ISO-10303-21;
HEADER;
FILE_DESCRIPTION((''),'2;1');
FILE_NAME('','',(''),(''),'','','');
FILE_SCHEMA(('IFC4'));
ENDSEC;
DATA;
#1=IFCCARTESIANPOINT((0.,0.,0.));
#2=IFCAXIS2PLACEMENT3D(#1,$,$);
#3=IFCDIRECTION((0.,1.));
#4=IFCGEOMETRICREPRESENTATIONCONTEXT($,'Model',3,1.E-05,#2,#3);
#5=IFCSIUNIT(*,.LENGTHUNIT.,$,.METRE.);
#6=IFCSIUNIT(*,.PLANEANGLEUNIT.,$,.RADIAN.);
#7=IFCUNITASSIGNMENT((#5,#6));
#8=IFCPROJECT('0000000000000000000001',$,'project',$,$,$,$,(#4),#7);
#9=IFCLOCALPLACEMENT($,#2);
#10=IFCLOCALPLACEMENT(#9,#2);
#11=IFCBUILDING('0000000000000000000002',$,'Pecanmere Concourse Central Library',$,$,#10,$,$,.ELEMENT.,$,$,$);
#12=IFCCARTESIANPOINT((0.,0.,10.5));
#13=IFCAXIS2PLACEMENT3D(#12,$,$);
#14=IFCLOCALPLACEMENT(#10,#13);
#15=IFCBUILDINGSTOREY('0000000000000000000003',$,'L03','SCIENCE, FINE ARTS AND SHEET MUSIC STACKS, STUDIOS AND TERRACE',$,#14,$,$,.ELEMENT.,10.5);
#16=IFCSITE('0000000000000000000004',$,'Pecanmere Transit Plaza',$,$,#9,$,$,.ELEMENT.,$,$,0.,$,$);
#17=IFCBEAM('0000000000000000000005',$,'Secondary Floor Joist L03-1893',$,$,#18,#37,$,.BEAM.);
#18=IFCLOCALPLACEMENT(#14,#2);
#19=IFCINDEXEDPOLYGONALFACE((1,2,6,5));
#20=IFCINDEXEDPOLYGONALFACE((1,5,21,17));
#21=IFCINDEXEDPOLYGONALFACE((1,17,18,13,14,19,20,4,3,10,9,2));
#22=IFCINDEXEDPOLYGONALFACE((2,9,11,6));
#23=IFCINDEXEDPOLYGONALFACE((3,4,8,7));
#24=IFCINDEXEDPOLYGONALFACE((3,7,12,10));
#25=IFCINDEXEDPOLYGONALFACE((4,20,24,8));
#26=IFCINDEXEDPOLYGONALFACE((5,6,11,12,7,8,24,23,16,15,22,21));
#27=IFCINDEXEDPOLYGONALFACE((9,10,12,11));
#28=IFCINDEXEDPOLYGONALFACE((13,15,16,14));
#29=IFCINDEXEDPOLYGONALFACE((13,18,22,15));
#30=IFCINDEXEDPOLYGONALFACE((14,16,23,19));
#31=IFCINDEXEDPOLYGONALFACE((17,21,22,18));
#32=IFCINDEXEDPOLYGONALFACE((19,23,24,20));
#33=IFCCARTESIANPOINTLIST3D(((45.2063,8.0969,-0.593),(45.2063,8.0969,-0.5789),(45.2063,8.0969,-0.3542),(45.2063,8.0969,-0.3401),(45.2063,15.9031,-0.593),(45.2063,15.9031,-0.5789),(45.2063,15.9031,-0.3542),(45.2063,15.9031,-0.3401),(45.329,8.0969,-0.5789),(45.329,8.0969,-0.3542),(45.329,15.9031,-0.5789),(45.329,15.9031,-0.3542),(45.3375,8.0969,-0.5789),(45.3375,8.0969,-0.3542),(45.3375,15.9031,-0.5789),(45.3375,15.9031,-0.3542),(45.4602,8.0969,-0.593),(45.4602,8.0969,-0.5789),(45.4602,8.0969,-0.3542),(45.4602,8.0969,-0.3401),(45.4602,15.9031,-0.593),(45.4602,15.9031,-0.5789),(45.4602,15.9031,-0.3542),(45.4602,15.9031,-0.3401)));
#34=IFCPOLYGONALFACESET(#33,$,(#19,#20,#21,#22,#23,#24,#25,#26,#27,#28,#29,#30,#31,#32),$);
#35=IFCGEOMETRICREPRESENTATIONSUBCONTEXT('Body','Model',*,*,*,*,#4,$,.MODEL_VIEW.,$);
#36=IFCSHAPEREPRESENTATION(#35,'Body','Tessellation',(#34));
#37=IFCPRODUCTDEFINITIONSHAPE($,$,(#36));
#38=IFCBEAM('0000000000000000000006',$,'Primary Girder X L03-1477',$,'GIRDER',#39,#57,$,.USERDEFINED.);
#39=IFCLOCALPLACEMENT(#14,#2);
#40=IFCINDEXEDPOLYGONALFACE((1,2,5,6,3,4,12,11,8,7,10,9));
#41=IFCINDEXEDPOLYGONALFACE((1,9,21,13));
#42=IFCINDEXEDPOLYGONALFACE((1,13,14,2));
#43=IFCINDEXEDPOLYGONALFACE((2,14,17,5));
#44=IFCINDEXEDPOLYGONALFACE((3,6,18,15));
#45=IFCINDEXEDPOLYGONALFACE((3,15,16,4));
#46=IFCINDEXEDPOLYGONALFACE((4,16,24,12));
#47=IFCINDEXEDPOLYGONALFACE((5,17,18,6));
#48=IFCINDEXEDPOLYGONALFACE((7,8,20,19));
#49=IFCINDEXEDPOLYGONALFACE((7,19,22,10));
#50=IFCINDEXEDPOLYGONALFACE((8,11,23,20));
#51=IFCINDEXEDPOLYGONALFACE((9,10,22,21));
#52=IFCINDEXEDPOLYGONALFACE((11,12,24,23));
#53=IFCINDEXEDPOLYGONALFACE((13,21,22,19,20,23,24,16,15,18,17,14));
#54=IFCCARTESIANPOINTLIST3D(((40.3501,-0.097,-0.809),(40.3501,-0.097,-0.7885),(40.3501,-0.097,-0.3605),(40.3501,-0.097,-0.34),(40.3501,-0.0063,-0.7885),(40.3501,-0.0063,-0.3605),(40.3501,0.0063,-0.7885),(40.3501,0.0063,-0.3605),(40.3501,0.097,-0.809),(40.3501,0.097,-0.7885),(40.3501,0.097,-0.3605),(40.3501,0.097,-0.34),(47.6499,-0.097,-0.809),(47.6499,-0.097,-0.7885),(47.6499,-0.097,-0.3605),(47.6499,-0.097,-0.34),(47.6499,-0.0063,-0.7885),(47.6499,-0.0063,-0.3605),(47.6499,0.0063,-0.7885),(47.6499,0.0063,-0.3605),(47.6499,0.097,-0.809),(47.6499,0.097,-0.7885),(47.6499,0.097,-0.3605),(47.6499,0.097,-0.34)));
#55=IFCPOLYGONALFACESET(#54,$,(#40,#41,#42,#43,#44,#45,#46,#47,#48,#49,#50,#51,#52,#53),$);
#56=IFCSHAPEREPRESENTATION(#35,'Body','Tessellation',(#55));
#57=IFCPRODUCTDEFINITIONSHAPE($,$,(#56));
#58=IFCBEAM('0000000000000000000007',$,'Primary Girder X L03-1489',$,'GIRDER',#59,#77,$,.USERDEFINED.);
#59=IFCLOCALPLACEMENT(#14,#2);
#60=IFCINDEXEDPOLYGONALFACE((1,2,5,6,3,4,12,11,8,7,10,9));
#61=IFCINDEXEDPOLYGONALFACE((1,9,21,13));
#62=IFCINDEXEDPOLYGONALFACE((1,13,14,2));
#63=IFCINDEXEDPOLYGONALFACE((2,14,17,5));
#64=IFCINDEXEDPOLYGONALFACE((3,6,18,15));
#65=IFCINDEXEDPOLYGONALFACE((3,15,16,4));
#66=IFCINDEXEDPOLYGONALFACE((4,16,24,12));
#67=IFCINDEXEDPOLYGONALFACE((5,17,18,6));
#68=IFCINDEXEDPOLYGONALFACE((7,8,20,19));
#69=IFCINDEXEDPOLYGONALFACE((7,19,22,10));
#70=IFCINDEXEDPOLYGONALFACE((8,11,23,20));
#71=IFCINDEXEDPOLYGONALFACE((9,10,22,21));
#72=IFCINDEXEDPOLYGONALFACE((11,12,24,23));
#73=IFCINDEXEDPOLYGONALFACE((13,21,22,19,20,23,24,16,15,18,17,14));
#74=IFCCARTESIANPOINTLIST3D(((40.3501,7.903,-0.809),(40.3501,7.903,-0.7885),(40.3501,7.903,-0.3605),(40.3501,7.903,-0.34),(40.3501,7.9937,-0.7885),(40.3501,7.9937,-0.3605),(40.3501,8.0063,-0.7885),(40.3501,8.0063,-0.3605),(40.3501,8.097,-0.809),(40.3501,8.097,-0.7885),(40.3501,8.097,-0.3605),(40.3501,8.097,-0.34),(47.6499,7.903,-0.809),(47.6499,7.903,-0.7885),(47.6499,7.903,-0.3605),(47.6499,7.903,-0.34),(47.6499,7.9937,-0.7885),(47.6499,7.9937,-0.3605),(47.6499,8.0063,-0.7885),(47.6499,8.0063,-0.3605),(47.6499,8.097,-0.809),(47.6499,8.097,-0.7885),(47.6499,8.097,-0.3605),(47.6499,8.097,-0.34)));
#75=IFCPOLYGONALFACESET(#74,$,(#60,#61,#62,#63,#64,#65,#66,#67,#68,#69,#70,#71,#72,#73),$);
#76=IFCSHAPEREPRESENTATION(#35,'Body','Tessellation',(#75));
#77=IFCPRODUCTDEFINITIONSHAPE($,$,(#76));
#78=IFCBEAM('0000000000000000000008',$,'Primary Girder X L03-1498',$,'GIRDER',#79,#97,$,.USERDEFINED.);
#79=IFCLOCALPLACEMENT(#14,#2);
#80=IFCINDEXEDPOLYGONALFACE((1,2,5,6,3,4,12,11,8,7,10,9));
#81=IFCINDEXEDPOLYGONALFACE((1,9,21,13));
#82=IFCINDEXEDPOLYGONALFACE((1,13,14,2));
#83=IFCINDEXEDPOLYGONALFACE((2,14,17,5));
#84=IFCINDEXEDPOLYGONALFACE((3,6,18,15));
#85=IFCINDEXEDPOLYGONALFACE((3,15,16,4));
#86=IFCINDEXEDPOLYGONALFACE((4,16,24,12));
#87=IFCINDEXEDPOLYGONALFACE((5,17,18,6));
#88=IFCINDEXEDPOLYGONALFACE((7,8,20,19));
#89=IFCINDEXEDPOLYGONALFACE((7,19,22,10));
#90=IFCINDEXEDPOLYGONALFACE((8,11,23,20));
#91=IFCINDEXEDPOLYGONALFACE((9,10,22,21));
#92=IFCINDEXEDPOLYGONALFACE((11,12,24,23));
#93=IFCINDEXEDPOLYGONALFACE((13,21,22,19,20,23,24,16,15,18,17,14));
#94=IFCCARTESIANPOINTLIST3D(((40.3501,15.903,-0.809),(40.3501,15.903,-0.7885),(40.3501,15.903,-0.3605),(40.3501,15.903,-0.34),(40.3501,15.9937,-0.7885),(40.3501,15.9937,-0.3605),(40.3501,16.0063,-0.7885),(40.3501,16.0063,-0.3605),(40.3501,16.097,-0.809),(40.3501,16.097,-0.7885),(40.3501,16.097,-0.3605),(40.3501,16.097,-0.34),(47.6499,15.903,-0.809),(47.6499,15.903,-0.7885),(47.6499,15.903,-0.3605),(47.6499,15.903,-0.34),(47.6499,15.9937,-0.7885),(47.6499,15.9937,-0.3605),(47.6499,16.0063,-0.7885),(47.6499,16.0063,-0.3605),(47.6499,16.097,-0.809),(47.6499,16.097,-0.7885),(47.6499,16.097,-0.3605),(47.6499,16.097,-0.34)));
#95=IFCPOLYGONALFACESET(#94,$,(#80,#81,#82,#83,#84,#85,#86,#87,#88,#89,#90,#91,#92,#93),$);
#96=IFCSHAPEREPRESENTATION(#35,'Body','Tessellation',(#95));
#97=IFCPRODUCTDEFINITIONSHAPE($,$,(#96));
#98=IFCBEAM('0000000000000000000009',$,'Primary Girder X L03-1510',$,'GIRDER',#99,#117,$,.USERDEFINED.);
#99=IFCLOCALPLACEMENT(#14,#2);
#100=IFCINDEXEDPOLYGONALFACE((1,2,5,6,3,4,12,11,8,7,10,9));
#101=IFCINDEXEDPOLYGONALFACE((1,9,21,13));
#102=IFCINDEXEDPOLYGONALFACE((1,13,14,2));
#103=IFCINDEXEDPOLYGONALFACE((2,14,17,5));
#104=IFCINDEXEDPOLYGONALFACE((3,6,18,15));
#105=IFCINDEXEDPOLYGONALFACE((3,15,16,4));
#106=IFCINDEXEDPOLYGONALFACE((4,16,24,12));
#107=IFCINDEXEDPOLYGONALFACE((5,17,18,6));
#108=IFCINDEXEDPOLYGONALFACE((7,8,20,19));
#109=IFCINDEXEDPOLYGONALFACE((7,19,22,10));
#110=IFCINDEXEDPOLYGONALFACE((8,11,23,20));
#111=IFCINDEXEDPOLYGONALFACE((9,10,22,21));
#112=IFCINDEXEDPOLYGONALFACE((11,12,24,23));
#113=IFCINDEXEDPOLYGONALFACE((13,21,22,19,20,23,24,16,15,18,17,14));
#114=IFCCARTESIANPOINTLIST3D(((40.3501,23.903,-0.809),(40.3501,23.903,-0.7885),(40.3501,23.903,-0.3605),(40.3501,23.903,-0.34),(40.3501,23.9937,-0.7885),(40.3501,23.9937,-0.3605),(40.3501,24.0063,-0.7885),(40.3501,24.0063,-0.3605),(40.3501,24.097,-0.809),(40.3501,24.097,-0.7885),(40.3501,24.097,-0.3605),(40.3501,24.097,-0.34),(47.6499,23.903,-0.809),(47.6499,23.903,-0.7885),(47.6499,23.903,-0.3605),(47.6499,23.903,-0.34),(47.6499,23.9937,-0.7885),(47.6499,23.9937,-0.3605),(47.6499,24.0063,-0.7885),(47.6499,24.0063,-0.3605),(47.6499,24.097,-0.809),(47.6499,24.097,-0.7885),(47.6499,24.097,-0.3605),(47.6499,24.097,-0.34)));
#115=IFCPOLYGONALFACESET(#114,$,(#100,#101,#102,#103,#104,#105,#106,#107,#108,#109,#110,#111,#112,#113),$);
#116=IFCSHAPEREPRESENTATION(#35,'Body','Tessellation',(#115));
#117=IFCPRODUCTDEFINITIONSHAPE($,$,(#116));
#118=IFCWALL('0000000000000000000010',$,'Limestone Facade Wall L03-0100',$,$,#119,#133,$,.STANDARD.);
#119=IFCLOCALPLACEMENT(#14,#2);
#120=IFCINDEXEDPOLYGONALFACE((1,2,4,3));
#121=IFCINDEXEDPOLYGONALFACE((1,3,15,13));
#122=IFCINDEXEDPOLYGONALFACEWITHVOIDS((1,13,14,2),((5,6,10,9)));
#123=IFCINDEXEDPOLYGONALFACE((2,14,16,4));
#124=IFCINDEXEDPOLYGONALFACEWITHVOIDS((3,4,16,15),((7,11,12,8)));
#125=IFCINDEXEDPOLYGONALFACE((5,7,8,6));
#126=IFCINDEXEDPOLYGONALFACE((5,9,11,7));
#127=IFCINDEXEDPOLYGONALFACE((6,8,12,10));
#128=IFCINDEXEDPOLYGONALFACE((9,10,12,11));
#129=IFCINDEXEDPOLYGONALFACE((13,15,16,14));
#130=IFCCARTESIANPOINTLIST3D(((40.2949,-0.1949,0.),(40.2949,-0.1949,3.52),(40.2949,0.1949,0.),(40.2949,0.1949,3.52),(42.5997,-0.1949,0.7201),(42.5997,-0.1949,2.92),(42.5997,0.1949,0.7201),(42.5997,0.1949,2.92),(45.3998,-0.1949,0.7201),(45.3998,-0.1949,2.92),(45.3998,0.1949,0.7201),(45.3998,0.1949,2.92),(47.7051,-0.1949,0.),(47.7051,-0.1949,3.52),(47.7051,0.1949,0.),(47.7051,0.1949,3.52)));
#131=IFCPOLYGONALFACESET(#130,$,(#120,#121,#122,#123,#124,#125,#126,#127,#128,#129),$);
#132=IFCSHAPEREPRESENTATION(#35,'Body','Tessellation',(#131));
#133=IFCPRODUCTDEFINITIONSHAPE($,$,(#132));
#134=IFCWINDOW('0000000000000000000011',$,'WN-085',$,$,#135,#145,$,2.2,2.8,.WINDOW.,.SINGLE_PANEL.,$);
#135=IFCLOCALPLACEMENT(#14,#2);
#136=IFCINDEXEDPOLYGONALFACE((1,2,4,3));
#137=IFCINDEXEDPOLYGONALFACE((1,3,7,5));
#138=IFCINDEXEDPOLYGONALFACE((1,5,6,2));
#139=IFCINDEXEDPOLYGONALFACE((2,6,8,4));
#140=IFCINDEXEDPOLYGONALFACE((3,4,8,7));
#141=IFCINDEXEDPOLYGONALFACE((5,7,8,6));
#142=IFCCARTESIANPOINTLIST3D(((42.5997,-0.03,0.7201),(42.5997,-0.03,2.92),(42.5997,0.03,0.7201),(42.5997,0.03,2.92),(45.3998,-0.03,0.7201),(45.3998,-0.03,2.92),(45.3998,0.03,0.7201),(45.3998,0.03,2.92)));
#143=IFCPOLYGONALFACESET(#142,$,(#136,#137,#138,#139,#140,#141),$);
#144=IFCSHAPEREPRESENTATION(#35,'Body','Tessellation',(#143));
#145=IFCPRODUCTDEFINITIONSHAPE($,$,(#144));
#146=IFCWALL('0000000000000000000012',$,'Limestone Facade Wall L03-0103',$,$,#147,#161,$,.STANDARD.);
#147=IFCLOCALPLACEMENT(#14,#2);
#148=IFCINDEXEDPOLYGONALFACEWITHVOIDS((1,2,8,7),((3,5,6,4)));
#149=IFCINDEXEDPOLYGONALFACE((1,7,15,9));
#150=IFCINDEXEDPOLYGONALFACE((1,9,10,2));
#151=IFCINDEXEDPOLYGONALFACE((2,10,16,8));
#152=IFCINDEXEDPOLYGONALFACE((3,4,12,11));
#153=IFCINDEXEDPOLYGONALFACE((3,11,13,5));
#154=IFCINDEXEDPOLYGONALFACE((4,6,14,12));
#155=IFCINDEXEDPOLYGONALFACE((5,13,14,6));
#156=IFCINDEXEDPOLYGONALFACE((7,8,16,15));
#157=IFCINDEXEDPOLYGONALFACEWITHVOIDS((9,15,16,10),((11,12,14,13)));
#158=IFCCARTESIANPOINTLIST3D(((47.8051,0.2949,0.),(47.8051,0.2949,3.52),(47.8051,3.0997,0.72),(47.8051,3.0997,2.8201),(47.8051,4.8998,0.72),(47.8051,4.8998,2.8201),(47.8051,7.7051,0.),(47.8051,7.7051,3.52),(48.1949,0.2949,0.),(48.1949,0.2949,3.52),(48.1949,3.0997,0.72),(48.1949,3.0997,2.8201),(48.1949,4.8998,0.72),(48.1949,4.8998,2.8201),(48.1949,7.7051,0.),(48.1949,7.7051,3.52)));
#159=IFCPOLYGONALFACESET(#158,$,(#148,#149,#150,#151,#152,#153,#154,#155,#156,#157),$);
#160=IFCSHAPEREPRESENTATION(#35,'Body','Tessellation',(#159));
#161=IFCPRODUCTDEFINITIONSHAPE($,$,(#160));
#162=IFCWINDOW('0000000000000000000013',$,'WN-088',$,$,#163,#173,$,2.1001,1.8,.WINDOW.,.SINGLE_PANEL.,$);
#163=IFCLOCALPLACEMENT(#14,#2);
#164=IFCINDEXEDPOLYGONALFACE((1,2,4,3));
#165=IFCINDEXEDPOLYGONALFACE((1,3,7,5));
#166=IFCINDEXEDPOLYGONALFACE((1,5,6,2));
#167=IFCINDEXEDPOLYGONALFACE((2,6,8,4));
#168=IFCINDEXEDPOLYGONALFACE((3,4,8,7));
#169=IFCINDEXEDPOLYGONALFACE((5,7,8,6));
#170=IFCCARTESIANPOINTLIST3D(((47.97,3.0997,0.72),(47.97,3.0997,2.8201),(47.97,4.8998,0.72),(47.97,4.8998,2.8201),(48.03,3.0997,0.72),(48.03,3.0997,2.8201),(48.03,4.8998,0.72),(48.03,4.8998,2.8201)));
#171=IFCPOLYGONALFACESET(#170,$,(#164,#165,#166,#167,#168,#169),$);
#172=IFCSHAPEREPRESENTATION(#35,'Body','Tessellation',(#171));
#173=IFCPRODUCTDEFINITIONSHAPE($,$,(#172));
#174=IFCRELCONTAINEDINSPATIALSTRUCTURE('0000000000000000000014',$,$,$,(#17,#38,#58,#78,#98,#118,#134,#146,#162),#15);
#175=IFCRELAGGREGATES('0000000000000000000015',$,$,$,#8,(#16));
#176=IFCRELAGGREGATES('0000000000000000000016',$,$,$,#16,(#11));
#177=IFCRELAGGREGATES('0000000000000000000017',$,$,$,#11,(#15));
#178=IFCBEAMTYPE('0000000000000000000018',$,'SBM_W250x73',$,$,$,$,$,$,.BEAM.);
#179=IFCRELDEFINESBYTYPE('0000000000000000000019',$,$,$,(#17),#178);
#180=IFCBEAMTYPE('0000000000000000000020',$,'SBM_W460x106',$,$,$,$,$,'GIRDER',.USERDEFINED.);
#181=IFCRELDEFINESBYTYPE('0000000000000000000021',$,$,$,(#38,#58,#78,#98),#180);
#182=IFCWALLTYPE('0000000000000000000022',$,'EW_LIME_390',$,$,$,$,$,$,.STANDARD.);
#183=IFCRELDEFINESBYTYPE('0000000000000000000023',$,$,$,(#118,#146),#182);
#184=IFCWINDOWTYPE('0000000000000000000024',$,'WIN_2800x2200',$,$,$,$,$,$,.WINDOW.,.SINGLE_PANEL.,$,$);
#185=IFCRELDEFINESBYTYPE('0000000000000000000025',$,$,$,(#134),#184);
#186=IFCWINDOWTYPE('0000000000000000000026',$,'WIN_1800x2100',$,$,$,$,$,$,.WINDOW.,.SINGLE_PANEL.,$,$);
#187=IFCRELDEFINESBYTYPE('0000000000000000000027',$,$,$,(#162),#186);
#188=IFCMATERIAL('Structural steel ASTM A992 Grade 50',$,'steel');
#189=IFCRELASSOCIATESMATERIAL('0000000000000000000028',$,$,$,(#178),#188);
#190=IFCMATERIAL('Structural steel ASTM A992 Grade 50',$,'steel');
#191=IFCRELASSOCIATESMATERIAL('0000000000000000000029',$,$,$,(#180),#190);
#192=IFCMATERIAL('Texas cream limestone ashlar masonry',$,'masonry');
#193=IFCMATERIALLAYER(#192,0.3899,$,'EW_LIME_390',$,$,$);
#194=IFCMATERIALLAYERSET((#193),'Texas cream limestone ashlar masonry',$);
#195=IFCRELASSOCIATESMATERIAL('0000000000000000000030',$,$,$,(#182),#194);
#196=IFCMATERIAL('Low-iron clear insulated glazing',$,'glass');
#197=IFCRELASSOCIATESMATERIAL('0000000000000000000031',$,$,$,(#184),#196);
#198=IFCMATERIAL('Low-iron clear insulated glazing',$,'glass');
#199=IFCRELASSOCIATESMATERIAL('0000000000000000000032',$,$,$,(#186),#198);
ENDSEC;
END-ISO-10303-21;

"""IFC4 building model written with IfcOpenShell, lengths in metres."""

from ifc_helpers import new_model, si_unit, direction, frame, frame_2d, origin, origin_2d, place, context, subcontext, project, spatial, rectangle, i_section, extrude, material, layer, layer_set, material_profile, profile_set, type_object, element, fill, save


model = new_model("IFC4")

# Units and contexts
model_context = context("Model", 3, precision=1e-05, world=origin(), true_north=direction((0.0, 1.0)))
body_context = subcontext(model_context, "Body", "Model", "MODEL_VIEW")
ifc_project = project(units=[si_unit("LENGTHUNIT", "METRE"), si_unit("PLANEANGLEUNIT", "RADIAN")], contexts=[model_context])

# Site, building, storey
site_placement = place(None, origin())
site = spatial("IfcSite", under=ifc_project, at=site_placement, Name="Pecanmere Transit Plaza", CompositionType="ELEMENT", RefElevation=0.0)
building_placement = place(site_placement, origin())
building = spatial("IfcBuilding", under=site, at=building_placement, Name="Pecanmere Concourse Central Library", CompositionType="ELEMENT")
storey_placement = place(building_placement, frame((0.0, 0.0, 10.5)))
storey = spatial("IfcBuildingStorey", under=building, at=storey_placement, Name="L03", Description="SCIENCE, FINE ARTS AND SHEET MUSIC STACKS, STUDIOS AND TERRACE", CompositionType="ELEMENT", Elevation=10.5)

# Beams
ifc_material_1 = material(Name="Structural steel ASTM A992 Grade 50", Category="steel")
ifc_material_profile_1 = material_profile(ifc_material_1, i_section(OverallWidth=0.2539, OverallDepth=0.2529, WebThickness=0.0085, FlangeThickness=0.0142, at=origin_2d()), Name="W250x73")
ifc_profile_set_1 = profile_set([ifc_material_profile_1], Name="Structural steel ASTM A992 Grade 50")
beam_type_1 = type_object("IfcBeamType", Name="SBM_W250x73", PredefinedType="BEAM", material=ifc_profile_set_1)
beam_1_placement = place(storey_placement, frame((45.3333, 8.0969, -0.4666), z_axis=(0.0, 1.0, 0.0), x_axis=(-1.0, 0.0, 0.0)))
element("IfcBeam", 1, at=beam_1_placement, inside=storey, type_object=beam_type_1, Name="Secondary Floor Joist L03-1893", PredefinedType="BEAM", context=body_context, shape_type="SweptSolid", body=[
    extrude(i_section(OverallWidth=0.2539, OverallDepth=0.2529, WebThickness=0.0085, FlangeThickness=0.0142, at=origin_2d()), origin(), (0.0, 0.0, 1.0), 7.8062),
])
ifc_material_2 = material(Name="Structural steel ASTM A992 Grade 50", Category="steel")
ifc_material_profile_2 = material_profile(ifc_material_2, i_section(OverallWidth=0.1941, OverallDepth=0.469, WebThickness=0.0127, FlangeThickness=0.0205, at=origin_2d()), Name="W460x106")
ifc_profile_set_2 = profile_set([ifc_material_profile_2], Name="Structural steel ASTM A992 Grade 50")
beam_type_2 = type_object("IfcBeamType", Name="SBM_W460x106", ElementType="GIRDER", PredefinedType="USERDEFINED", material=ifc_profile_set_2)
for number, where, z_axis, x_axis, name in (
    (2, (40.3501, 0.0, -0.5745), (1.0, 0.0, 0.0), (0.0, 1.0, 0.0), "Primary Girder X L03-1477"),
    (3, (40.3501, 8.0, -0.5745), (1.0, 0.0, 0.0), (0.0, 1.0, 0.0), "Primary Girder X L03-1489"),
    (4, (40.3501, 16.0, -0.5745), (1.0, 0.0, 0.0), (0.0, 1.0, 0.0), "Primary Girder X L03-1498"),
    (5, (40.3501, 24.0, -0.5745), (1.0, 0.0, 0.0), (0.0, 1.0, 0.0), "Primary Girder X L03-1510"),
):
    element("IfcBeam", number, at=place(storey_placement, frame(where, z_axis=z_axis, x_axis=x_axis)), inside=storey, type_object=beam_type_2, Name=name, ObjectType="GIRDER", PredefinedType="USERDEFINED", context=body_context, shape_type="SweptSolid", body=[
        extrude(i_section(OverallWidth=0.1941, OverallDepth=0.469, WebThickness=0.0127, FlangeThickness=0.0205, at=origin_2d()), origin(), (0.0, 0.0, 1.0), 7.2998),
    ])

# Walls, openings, windows
ifc_material_3 = material(Name="Texas cream limestone ashlar masonry", Category="masonry")
ifc_layer_1 = layer(ifc_material_3, 0.3899, Name="EW_LIME_390")
ifc_layer_set_1 = layer_set([ifc_layer_1], Name="Texas cream limestone ashlar masonry")
wall_type_1 = type_object("IfcWallType", Name="EW_LIME_390", PredefinedType="STANDARD", material=ifc_layer_set_1)
wall_1_placement = place(storey_placement, frame((40.2949, 0.0, 0.0), z_axis=(0.0, 0.0, 1.0), x_axis=(1.0, 0.0, 0.0)))
wall_1 = element("IfcWall", 6, at=wall_1_placement, inside=storey, type_object=wall_type_1, Name="Limestone Facade Wall L03-0100", PredefinedType="STANDARD", context=body_context, shape_type="SweptSolid", body=[
    extrude(rectangle(XDim=7.4102, YDim=0.3899, at=frame_2d((3.7051, 0.0))), origin(), (0.0, 0.0, 1.0), 3.52),
])
opening_1_placement = place(wall_1_placement, frame((2.3049, 0.0, 0.72)))
opening_1 = element("IfcOpeningElement", 7, at=opening_1_placement, cuts=wall_1, PredefinedType="OPENING", context=body_context, shape_type="SweptSolid", body=[
    extrude(rectangle(XDim=2.8, YDim=2.2, at=frame_2d((1.3999, 1.1001))), frame((0.0, 0.207, 0.0), z_axis=(0.0, -1.0, 0.0), x_axis=(1.0, 0.0, 0.0)), (0.0, 0.0, 1.0), 0.4138),
])
ifc_material_4 = material(Name="Low-iron clear insulated glazing", Category="glass")
window_type_1 = type_object("IfcWindowType", Name="WIN_2800x2200", PartitioningType="SINGLE_PANEL", PredefinedType="WINDOW", material=ifc_material_4)
window_1_placement = place(opening_1_placement, origin())
window_1 = element("IfcWindow", 8, at=window_1_placement, inside=storey, type_object=window_type_1, Name="WN-085", OverallHeight=2.2, OverallWidth=2.8, PartitioningType="SINGLE_PANEL", PredefinedType="WINDOW", context=body_context, shape_type="SweptSolid", body=[
    extrude(rectangle(XDim=2.8, YDim=2.2, at=frame_2d((1.3999, 1.1001))), frame((0.0, 0.03, 0.0), z_axis=(0.0, -1.0, 0.0), x_axis=(1.0, 0.0, 0.0)), (0.0, 0.0, 1.0), 0.0601),
])
fill(opening_1, window_1)
wall_2_placement = place(storey_placement, frame((48.0, 0.2949, 0.0), z_axis=(0.0, 0.0, 1.0), x_axis=(0.0, 1.0, 0.0)))
wall_2 = element("IfcWall", 9, at=wall_2_placement, inside=storey, type_object=wall_type_1, Name="Limestone Facade Wall L03-0103", PredefinedType="STANDARD", context=body_context, shape_type="SweptSolid", body=[
    extrude(rectangle(XDim=7.4102, YDim=0.3899, at=frame_2d((3.7051, 0.0))), origin(), (0.0, 0.0, 1.0), 3.52),
])
opening_2_placement = place(wall_2_placement, frame((2.8049, 0.0, 0.72)))
opening_2 = element("IfcOpeningElement", 10, at=opening_2_placement, cuts=wall_2, PredefinedType="OPENING", context=body_context, shape_type="SweptSolid", body=[
    extrude(rectangle(XDim=1.8, YDim=2.1001, at=frame_2d((0.8999, 1.05))), frame((0.0, 0.207, 0.0), z_axis=(0.0, -1.0, 0.0), x_axis=(1.0, 0.0, 0.0)), (0.0, 0.0, 1.0), 0.4138),
])
ifc_material_5 = material(Name="Low-iron clear insulated glazing", Category="glass")
window_type_2 = type_object("IfcWindowType", Name="WIN_1800x2100", PartitioningType="SINGLE_PANEL", PredefinedType="WINDOW", material=ifc_material_5)
window_2_placement = place(opening_2_placement, origin())
window_2 = element("IfcWindow", 11, at=window_2_placement, inside=storey, type_object=window_type_2, Name="WN-088", OverallHeight=2.1001, OverallWidth=1.8, PartitioningType="SINGLE_PANEL", PredefinedType="WINDOW", context=body_context, shape_type="SweptSolid", body=[
    extrude(rectangle(XDim=1.8, YDim=2.1001, at=frame_2d((0.8999, 1.05))), frame((0.0, 0.03, 0.0), z_axis=(0.0, -1.0, 0.0), x_axis=(1.0, 0.0, 0.0)), (0.0, 0.0, 1.0), 0.0601),
])
fill(opening_2, window_2)

save(model, "model.ifc")
